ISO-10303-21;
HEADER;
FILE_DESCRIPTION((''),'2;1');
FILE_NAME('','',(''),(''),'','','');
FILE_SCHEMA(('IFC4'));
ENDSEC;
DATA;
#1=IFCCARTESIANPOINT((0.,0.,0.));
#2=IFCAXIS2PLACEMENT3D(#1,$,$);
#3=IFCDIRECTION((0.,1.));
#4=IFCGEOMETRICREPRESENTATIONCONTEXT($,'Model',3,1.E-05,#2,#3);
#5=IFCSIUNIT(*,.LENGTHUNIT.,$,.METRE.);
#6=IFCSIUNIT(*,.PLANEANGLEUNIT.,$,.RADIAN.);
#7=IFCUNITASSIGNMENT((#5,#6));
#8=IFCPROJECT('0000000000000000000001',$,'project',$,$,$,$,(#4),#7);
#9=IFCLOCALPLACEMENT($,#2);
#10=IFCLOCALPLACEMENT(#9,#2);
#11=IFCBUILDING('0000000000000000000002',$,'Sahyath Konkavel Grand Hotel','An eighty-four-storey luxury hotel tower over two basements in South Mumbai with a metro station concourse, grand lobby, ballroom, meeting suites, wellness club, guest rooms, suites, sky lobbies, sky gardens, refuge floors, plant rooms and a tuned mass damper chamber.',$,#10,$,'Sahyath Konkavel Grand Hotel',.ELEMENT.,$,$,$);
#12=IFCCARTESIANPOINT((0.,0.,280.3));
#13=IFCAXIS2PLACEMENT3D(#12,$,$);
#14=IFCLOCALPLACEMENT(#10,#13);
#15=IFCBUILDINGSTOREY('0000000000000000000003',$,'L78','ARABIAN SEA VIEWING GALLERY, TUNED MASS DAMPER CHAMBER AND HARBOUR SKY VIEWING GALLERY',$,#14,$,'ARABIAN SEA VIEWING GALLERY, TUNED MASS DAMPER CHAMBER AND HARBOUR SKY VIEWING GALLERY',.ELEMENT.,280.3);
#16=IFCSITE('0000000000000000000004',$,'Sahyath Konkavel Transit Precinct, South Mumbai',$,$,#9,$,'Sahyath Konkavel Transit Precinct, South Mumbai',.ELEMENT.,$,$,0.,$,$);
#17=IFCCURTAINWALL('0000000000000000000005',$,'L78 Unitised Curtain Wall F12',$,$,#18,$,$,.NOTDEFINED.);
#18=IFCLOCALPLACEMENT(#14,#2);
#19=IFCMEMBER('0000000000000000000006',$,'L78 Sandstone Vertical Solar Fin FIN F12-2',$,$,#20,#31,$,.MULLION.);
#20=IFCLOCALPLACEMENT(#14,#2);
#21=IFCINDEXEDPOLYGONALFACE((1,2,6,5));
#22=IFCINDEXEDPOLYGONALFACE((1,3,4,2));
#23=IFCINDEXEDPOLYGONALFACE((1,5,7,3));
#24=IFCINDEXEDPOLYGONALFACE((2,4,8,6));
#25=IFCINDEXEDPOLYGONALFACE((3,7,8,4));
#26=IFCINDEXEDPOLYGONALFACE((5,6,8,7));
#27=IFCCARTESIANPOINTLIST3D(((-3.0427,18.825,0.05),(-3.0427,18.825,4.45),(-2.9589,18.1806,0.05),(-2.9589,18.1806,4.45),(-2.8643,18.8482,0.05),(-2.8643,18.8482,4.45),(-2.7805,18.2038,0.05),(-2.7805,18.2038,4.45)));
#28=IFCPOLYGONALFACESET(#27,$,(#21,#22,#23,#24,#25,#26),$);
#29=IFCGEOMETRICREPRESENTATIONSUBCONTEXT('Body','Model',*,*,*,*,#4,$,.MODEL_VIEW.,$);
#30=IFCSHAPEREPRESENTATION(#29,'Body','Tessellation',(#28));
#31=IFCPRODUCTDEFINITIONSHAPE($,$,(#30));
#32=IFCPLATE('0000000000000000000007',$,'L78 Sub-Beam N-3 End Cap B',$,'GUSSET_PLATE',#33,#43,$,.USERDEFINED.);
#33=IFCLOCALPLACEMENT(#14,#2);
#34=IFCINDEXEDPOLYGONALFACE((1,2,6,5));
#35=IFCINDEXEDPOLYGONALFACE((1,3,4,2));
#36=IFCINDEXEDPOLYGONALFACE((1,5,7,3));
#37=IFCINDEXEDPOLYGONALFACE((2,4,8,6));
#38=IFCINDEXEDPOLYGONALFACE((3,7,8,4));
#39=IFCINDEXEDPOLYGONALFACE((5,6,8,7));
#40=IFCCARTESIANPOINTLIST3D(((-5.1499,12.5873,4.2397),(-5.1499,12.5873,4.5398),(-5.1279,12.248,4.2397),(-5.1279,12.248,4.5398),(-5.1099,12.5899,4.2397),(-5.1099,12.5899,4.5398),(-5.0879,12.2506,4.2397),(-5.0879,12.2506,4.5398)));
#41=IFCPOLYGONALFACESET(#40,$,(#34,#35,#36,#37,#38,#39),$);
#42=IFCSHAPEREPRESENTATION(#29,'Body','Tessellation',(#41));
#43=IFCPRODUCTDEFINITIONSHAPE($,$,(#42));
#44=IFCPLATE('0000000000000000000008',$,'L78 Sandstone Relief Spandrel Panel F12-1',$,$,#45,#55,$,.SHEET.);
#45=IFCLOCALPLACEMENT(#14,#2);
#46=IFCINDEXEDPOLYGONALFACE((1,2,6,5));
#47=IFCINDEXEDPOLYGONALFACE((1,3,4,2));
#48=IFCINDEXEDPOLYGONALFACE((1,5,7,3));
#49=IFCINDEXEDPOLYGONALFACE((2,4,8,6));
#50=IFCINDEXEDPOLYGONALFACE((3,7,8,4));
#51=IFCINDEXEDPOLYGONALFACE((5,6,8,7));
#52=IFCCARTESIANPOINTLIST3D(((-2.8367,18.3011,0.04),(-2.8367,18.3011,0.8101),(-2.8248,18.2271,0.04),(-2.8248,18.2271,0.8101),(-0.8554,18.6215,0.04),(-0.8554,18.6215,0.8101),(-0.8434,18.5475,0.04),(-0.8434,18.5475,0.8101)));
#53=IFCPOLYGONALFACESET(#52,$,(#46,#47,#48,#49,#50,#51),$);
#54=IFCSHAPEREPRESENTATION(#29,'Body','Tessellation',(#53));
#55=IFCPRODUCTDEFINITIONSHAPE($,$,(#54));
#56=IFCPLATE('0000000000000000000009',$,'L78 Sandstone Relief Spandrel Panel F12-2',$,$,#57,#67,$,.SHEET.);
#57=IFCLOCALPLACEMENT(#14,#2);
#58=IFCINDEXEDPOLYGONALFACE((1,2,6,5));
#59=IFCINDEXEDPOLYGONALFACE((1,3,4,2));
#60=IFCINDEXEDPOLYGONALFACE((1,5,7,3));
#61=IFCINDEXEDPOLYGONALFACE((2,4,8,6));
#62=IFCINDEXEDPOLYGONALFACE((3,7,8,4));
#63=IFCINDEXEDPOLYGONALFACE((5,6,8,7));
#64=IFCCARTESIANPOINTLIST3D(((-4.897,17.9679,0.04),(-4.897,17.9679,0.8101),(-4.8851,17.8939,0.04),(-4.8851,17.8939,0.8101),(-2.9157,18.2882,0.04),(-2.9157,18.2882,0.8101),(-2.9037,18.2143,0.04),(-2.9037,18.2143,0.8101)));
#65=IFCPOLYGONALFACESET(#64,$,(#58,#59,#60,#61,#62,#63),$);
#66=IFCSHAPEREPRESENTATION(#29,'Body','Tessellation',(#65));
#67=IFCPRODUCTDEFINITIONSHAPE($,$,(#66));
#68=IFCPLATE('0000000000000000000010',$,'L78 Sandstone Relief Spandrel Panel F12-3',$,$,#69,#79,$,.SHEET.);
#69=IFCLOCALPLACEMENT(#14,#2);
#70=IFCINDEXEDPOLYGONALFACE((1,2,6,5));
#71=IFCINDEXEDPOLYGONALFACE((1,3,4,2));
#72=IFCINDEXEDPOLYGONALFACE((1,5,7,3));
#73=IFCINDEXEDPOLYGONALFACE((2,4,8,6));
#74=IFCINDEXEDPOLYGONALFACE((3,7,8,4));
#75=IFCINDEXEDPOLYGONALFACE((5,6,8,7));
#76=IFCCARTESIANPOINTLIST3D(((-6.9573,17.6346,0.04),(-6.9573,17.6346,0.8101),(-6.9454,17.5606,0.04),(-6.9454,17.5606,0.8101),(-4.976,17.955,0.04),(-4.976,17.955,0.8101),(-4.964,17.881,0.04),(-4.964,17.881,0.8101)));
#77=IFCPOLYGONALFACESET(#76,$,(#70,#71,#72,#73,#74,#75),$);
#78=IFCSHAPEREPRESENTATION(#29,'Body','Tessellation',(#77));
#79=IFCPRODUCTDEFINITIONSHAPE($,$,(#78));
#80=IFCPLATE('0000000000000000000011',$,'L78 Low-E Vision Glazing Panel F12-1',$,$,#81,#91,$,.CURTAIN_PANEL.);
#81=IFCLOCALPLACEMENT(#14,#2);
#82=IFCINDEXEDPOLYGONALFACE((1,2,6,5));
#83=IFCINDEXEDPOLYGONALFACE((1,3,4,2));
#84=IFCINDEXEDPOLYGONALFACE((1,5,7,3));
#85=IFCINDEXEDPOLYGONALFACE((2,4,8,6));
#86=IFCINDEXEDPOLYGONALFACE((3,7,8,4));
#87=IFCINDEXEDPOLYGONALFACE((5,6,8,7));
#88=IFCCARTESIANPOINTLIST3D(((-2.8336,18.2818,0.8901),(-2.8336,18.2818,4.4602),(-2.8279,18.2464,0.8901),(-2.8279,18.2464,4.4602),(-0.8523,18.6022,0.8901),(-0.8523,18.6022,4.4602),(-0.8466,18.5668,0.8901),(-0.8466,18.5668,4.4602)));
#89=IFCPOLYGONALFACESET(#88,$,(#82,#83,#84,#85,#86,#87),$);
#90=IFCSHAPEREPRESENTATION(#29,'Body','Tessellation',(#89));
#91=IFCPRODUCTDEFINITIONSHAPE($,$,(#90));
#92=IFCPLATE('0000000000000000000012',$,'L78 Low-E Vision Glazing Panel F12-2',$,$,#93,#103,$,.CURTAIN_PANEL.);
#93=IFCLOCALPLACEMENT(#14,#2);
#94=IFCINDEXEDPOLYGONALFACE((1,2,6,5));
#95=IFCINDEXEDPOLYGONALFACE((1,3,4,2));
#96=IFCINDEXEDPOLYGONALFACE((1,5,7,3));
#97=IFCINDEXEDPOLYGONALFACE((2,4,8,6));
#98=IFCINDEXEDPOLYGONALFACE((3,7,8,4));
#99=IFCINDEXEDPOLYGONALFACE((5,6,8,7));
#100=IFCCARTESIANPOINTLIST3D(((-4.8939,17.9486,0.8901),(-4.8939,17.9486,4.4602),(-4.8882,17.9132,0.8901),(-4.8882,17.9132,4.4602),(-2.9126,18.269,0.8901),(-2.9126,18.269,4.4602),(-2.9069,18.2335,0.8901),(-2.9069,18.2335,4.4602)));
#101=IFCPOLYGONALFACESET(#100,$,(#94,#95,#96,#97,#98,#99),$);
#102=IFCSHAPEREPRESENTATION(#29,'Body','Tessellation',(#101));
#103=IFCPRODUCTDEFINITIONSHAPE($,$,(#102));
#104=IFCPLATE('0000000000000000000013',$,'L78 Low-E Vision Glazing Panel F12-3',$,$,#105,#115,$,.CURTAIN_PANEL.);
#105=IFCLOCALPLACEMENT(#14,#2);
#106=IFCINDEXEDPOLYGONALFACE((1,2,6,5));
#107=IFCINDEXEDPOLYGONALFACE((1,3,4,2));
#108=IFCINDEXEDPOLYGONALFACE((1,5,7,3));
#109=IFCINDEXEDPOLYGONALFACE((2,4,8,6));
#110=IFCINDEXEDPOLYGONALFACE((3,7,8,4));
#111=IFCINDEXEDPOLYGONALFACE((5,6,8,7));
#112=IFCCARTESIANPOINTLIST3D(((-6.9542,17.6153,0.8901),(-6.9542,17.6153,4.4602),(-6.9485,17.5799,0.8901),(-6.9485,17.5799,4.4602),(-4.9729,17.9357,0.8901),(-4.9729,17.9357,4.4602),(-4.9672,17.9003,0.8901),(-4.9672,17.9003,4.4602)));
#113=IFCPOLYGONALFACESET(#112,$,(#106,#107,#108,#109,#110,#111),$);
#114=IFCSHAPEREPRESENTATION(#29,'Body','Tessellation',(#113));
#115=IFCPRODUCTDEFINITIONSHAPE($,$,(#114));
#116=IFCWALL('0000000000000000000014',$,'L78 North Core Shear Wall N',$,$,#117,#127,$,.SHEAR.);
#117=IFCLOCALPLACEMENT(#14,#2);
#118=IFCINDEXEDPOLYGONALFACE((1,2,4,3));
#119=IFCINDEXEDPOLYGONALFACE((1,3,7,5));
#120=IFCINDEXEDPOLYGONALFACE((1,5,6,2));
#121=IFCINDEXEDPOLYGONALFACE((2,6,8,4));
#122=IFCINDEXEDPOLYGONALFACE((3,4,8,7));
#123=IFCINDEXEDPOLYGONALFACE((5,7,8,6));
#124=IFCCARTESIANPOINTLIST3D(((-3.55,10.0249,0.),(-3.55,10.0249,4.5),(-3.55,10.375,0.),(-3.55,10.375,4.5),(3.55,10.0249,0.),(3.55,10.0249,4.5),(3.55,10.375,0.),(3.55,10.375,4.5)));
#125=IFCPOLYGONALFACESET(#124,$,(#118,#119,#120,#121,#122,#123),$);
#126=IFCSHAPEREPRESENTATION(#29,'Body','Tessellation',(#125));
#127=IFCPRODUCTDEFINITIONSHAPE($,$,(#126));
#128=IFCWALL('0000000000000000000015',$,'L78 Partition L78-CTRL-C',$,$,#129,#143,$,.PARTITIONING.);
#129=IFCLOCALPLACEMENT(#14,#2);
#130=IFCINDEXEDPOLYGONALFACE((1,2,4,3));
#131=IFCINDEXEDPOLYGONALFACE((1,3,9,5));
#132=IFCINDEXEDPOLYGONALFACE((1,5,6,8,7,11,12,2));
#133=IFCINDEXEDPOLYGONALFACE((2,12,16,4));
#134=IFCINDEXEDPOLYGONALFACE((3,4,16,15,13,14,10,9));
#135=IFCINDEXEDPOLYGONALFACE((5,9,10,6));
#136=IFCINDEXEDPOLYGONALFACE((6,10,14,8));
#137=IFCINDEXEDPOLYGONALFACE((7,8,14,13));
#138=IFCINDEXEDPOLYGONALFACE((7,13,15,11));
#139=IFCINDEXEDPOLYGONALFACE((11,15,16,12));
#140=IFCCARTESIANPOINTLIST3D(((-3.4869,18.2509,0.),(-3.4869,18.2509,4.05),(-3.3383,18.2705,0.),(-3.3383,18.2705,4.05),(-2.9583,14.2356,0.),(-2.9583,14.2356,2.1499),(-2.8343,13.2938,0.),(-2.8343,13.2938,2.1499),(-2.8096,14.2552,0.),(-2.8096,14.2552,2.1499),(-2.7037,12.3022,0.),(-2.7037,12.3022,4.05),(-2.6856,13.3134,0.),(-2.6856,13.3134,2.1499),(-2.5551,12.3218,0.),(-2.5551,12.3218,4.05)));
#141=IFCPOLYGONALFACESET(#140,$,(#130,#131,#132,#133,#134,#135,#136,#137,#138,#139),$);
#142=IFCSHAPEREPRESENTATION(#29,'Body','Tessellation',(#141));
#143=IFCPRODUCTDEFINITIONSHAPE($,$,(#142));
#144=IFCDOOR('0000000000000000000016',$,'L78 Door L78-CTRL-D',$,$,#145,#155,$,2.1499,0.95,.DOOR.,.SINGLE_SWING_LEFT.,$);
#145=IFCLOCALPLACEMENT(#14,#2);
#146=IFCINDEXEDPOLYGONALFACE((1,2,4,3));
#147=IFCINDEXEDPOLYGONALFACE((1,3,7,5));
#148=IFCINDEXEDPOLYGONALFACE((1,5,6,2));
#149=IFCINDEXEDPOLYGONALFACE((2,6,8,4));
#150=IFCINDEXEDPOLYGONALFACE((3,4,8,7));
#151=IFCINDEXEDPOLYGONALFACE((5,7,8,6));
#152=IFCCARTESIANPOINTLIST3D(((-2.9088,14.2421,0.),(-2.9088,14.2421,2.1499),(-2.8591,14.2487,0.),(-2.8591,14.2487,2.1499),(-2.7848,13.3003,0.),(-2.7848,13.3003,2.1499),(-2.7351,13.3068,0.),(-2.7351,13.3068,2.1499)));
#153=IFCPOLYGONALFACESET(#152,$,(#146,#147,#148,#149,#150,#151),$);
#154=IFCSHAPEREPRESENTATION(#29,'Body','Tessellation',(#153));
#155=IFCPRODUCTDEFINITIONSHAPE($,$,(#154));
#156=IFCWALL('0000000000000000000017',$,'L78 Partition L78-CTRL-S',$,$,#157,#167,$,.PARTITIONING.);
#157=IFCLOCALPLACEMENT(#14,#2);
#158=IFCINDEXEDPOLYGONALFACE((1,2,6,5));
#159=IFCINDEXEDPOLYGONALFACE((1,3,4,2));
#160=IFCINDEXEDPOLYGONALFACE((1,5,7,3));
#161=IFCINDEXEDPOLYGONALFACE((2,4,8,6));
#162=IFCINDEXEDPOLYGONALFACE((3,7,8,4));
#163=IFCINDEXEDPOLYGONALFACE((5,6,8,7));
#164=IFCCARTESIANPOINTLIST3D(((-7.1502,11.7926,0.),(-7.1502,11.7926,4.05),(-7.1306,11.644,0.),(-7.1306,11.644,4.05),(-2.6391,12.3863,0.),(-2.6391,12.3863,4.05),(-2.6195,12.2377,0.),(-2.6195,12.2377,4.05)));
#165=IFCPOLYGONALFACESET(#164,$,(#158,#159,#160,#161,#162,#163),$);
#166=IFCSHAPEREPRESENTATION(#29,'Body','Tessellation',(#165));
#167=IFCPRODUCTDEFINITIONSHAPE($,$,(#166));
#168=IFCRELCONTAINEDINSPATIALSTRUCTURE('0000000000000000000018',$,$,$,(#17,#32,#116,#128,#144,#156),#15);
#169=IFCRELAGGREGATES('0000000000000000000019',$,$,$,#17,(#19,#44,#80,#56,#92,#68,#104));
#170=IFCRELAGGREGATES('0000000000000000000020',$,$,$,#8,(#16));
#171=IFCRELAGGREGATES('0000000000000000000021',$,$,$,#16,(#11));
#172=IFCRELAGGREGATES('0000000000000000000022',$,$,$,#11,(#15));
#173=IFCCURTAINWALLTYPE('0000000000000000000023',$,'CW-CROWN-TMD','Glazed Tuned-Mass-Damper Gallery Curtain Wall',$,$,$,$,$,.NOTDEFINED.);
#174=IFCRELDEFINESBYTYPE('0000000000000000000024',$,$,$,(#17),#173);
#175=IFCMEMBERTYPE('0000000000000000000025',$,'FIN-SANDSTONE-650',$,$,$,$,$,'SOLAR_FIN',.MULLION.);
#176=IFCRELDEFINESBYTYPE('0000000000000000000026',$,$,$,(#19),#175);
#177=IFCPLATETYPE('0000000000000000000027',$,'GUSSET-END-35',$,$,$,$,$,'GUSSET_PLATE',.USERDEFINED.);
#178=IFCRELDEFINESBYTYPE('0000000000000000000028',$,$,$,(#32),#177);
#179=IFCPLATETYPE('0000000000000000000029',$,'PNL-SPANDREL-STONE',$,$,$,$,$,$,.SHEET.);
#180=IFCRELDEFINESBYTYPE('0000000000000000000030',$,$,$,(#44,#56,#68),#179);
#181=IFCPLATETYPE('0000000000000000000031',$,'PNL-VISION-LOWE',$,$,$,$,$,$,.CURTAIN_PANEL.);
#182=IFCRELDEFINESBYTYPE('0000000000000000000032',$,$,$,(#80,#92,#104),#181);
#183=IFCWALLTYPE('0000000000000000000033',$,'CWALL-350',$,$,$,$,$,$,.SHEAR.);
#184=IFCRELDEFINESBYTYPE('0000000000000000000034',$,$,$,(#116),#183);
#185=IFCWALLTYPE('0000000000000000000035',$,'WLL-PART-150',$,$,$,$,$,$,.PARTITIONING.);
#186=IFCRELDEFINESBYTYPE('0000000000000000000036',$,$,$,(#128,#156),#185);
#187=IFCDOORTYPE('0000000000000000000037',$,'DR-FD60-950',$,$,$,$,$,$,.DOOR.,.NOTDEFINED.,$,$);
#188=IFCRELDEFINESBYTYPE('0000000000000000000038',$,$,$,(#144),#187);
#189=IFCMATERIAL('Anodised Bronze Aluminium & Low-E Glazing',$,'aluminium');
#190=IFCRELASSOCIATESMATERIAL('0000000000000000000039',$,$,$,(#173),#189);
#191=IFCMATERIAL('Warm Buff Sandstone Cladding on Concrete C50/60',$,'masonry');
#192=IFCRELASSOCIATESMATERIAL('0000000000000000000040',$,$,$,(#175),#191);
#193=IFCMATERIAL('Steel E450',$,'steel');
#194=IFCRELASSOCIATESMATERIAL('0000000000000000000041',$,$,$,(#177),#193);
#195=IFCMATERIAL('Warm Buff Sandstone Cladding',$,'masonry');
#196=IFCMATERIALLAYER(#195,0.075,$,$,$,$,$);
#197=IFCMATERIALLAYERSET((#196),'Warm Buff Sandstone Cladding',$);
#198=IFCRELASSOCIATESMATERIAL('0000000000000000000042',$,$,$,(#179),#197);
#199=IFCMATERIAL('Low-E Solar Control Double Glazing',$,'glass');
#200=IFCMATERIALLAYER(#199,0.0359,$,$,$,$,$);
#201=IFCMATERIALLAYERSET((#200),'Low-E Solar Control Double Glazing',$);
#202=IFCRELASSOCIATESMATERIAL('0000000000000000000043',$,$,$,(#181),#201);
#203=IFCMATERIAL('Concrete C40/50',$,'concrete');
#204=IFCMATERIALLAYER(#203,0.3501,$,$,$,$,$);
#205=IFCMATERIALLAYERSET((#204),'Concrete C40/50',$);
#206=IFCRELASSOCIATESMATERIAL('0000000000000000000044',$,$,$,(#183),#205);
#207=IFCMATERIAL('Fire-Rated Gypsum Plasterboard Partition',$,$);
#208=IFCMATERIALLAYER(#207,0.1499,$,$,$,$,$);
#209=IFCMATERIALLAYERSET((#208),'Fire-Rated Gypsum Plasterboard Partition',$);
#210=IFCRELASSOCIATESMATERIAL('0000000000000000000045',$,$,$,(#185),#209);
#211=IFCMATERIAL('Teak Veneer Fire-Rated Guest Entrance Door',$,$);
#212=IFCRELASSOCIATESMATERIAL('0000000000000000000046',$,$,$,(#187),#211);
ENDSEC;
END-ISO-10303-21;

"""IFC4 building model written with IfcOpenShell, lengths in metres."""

from ifc_helpers import new_model, si_unit, direction, frame, frame_2d, origin, origin_2d, place, context, subcontext, project, spatial, rectangle, extrude, source, transform, mapped, material, layer, layer_set, material_profile, profile_set, type_object, element, fill, aggregate, save


model = new_model("IFC4")

# Units and contexts
model_context = context("Model", 3, precision=1e-05, world=origin(), true_north=direction((0.0, 1.0)))
body_context = subcontext(model_context, "Body", "Model", "MODEL_VIEW")
ifc_project = project(units=[si_unit("LENGTHUNIT", "METRE"), si_unit("PLANEANGLEUNIT", "RADIAN")], contexts=[model_context])

# Site, building, storey
site_placement = place(None, origin())
site = spatial("IfcSite", under=ifc_project, at=site_placement, Name="Sahyath Konkavel Transit Precinct, South Mumbai", LongName="Sahyath Konkavel Transit Precinct, South Mumbai", CompositionType="ELEMENT", RefElevation=0.0)
building_placement = place(site_placement, origin())
building = spatial("IfcBuilding", under=site, at=building_placement, Name="Sahyath Konkavel Grand Hotel", Description="An eighty-four-storey luxury hotel tower over two basements in South Mumbai with a metro station concourse, grand lobby, ballroom, meeting suites, wellness club, guest rooms, suites, sky lobbies, sky gardens, refuge floors, plant rooms and a tuned mass damper chamber.", LongName="Sahyath Konkavel Grand Hotel", CompositionType="ELEMENT")
storey_placement = place(building_placement, frame((0.0, 0.0, 280.3)))
storey = spatial("IfcBuildingStorey", under=building, at=storey_placement, Name="L78", Description="ARABIAN SEA VIEWING GALLERY, TUNED MASS DAMPER CHAMBER AND HARBOUR SKY VIEWING GALLERY", LongName="ARABIAN SEA VIEWING GALLERY, TUNED MASS DAMPER CHAMBER AND HARBOUR SKY VIEWING GALLERY", CompositionType="ELEMENT", Elevation=280.3)

# Curtain wall, member
ifc_material_1 = material(Name="Anodised Bronze Aluminium & Low-E Glazing", Category="aluminium")
curtain_wall_type = type_object("IfcCurtainWallType", Name="CW-CROWN-TMD", Description="Glazed Tuned-Mass-Damper Gallery Curtain Wall", PredefinedType="NOTDEFINED", material=ifc_material_1)
curtain_wall_placement = place(storey_placement, origin())
curtain_wall = element("IfcCurtainWall", 1, at=curtain_wall_placement, inside=storey, type_object=curtain_wall_type, Name="L78 Unitised Curtain Wall F12", PredefinedType="NOTDEFINED")
ifc_material_2 = material(Name="Warm Buff Sandstone Cladding on Concrete C50/60", Category="masonry")
ifc_material_profile_1 = material_profile(ifc_material_2, rectangle(XDim=0.1799, YDim=0.6499, at=origin_2d()), Name="FIN 180x650")
ifc_profile_set_1 = profile_set([ifc_material_profile_1], Name="Warm Buff Sandstone Cladding on Concrete C50/60")
member_type_1 = type_object("IfcMemberType", Name="FIN-SANDSTONE-650", ElementType="SOLAR_FIN", PredefinedType="MULLION", material=ifc_profile_set_1)
shared_shape_1 = source(origin(), body_context, "Body", "SweptSolid", [
    extrude(rectangle(XDim=0.1799, YDim=0.6499, at=origin_2d()), origin(), (0.0, 0.0, 1.0), 4.3999),
])
member_1_placement = place(storey_placement, frame((-2.9116, 18.5144, 0.05), z_axis=(0.0, 0.0, 1.0), x_axis=(0.991649, 0.128969, 0.0)))
member_1 = element("IfcMember", 2, at=member_1_placement, type_object=member_type_1, Name="L78 Sandstone Vertical Solar Fin FIN F12-2", PredefinedType="MULLION", context=body_context, shape_type="MappedRepresentation", body=[
    mapped(shared_shape_1, transform((0.0, 0.0, 0.0), scale=1.0)),
])

# Plates
ifc_material_3 = material(Name="Steel E450", Category="steel")
plate_type_1 = type_object("IfcPlateType", Name="GUSSET-END-35", ElementType="GUSSET_PLATE", PredefinedType="USERDEFINED", material=ifc_material_3)
shared_shape_2 = source(origin(), body_context, "Body", "SweptSolid", [
    extrude(rectangle(XDim=0.04, YDim=0.3401, at=origin_2d()), origin(), (0.0, 0.0, 1.0), 0.3),
])
plate_1_placement = place(storey_placement, frame((-5.1189, 12.4189, 4.2397), z_axis=(0.0, 0.0, 1.0), x_axis=(-0.997898, -0.064811, 0.0)))
element("IfcPlate", 3, at=plate_1_placement, inside=storey, type_object=plate_type_1, Name="L78 Sub-Beam N-3 End Cap B", ObjectType="GUSSET_PLATE", PredefinedType="USERDEFINED", context=body_context, shape_type="MappedRepresentation", body=[
    mapped(shared_shape_2, transform((0.0, 0.0, 0.0), scale=1.0)),
])
ifc_material_4 = material(Name="Warm Buff Sandstone Cladding", Category="masonry")
ifc_layer_1 = layer(ifc_material_4, 0.075)
ifc_layer_set_1 = layer_set([ifc_layer_1], Name="Warm Buff Sandstone Cladding")
plate_type_2 = type_object("IfcPlateType", Name="PNL-SPANDREL-STONE", PredefinedType="SHEET", material=ifc_layer_set_1)
shared_shape_3 = source(origin(), body_context, "Body", "SweptSolid", [
    extrude(rectangle(XDim=2.0071, YDim=0.075, at=origin_2d()), origin(), (0.0, 0.0, 1.0), 0.77),
])
plate_2_placement = place(storey_placement, frame((-1.8401, 18.4243, 0.04), z_axis=(0.0, 0.0, 1.0), x_axis=(-0.987178, -0.159623, 0.0)))
plate_2 = element("IfcPlate", 4, at=plate_2_placement, type_object=plate_type_2, Name="L78 Sandstone Relief Spandrel Panel F12-1", PredefinedType="SHEET", context=body_context, shape_type="MappedRepresentation", body=[
    mapped(shared_shape_3, transform((0.0, 0.0, 0.0), scale=1.0)),
])
plate_3_placement = place(storey_placement, frame((-3.9004, 18.0911, 0.04), z_axis=(0.0, 0.0, 1.0), x_axis=(-0.987178, -0.159623, 0.0)))
plate_3 = element("IfcPlate", 5, at=plate_3_placement, type_object=plate_type_2, Name="L78 Sandstone Relief Spandrel Panel F12-2", PredefinedType="SHEET", context=body_context, shape_type="MappedRepresentation", body=[
    mapped(shared_shape_3, transform((0.0, 0.0, 0.0), scale=1.0)),
])
plate_4_placement = place(storey_placement, frame((-5.9607, 17.7578, 0.04), z_axis=(0.0, 0.0, 1.0), x_axis=(-0.987178, -0.159623, 0.0)))
plate_4 = element("IfcPlate", 6, at=plate_4_placement, type_object=plate_type_2, Name="L78 Sandstone Relief Spandrel Panel F12-3", PredefinedType="SHEET", context=body_context, shape_type="MappedRepresentation", body=[
    mapped(shared_shape_3, transform((0.0, 0.0, 0.0), scale=1.0)),
])
ifc_material_5 = material(Name="Low-E Solar Control Double Glazing", Category="glass")
ifc_layer_2 = layer(ifc_material_5, 0.0359)
ifc_layer_set_2 = layer_set([ifc_layer_2], Name="Low-E Solar Control Double Glazing")
plate_type_3 = type_object("IfcPlateType", Name="PNL-VISION-LOWE", PredefinedType="CURTAIN_PANEL", material=ifc_layer_set_2)
shared_shape_4 = source(origin(), body_context, "Body", "SweptSolid", [
    extrude(rectangle(XDim=2.0071, YDim=0.0359, at=origin_2d()), origin(), (0.0, 0.0, 1.0), 3.5701),
])
plate_5_placement = place(storey_placement, frame((-1.8401, 18.4243, 0.8901), z_axis=(0.0, 0.0, 1.0), x_axis=(-0.987178, -0.159623, 0.0)))
plate_5 = element("IfcPlate", 7, at=plate_5_placement, type_object=plate_type_3, Name="L78 Low-E Vision Glazing Panel F12-1", PredefinedType="CURTAIN_PANEL", context=body_context, shape_type="MappedRepresentation", body=[
    mapped(shared_shape_4, transform((0.0, 0.0, 0.0), scale=1.0)),
])
plate_6_placement = place(storey_placement, frame((-3.9004, 18.0911, 0.8901), z_axis=(0.0, 0.0, 1.0), x_axis=(-0.987178, -0.159623, 0.0)))
plate_6 = element("IfcPlate", 8, at=plate_6_placement, type_object=plate_type_3, Name="L78 Low-E Vision Glazing Panel F12-2", PredefinedType="CURTAIN_PANEL", context=body_context, shape_type="MappedRepresentation", body=[
    mapped(shared_shape_4, transform((0.0, 0.0, 0.0), scale=1.0)),
])
plate_7_placement = place(storey_placement, frame((-5.9607, 17.7578, 0.8901), z_axis=(0.0, 0.0, 1.0), x_axis=(-0.987178, -0.159623, 0.0)))
plate_7 = element("IfcPlate", 9, at=plate_7_placement, type_object=plate_type_3, Name="L78 Low-E Vision Glazing Panel F12-3", PredefinedType="CURTAIN_PANEL", context=body_context, shape_type="MappedRepresentation", body=[
    mapped(shared_shape_4, transform((0.0, 0.0, 0.0), scale=1.0)),
])
aggregate(curtain_wall, [member_1, plate_2, plate_5, plate_3, plate_6, plate_4, plate_7])

# Wall
ifc_material_6 = material(Name="Concrete C40/50", Category="concrete")
ifc_layer_3 = layer(ifc_material_6, 0.3501)
ifc_layer_set_3 = layer_set([ifc_layer_3], Name="Concrete C40/50")
wall_type_1 = type_object("IfcWallType", Name="CWALL-350", PredefinedType="SHEAR", material=ifc_layer_set_3)
wall_1_placement = place(storey_placement, frame((-3.55, 10.2, 0.0), z_axis=(0.0, 0.0, 1.0), x_axis=(1.0, 0.0, 0.0)))
element("IfcWall", 10, at=wall_1_placement, inside=storey, type_object=wall_type_1, Name="L78 North Core Shear Wall N", PredefinedType="SHEAR", context=body_context, shape_type="SweptSolid", body=[
    extrude(rectangle(XDim=7.1001, YDim=0.3501, at=frame_2d((3.55, 0.0))), origin(), (0.0, 0.0, 1.0), 4.5),
])

# Wall, opening, door
ifc_material_7 = material(Name="Fire-Rated Gypsum Plasterboard Partition")
ifc_layer_4 = layer(ifc_material_7, 0.1499)
ifc_layer_set_4 = layer_set([ifc_layer_4], Name="Fire-Rated Gypsum Plasterboard Partition")
wall_type_2 = type_object("IfcWallType", Name="WLL-PART-150", PredefinedType="PARTITIONING", material=ifc_layer_set_4)
wall_2_placement = place(storey_placement, frame((-2.6294, 12.312, 0.0), z_axis=(0.0, 0.0, 1.0), x_axis=(-0.130532, 0.991444, 0.0)))
wall_2 = element("IfcWall", 11, at=wall_2_placement, inside=storey, type_object=wall_type_2, Name="L78 Partition L78-CTRL-C", PredefinedType="PARTITIONING", context=body_context, shape_type="SweptSolid", body=[
    extrude(rectangle(XDim=6.0, YDim=0.1499, at=frame_2d((3.0, 0.0))), origin(), (0.0, 0.0, 1.0), 4.05),
])
opening_1_placement = place(wall_2_placement, frame((1.0, 0.0, 0.0)))
opening_1 = element("IfcOpeningElement", 12, at=opening_1_placement, cuts=wall_2, PredefinedType="OPENING", context=body_context, shape_type="SweptSolid", body=[
    extrude(rectangle(XDim=0.95, YDim=2.1499, at=frame_2d((0.4751, 1.075))), frame((0.0, 0.085, 0.0), z_axis=(0.0, -1.0, 0.0), x_axis=(1.0, 0.0, 0.0)), (0.0, 0.0, 1.0), 0.1699),
])
ifc_material_8 = material(Name="Teak Veneer Fire-Rated Guest Entrance Door")
door_type_1 = type_object("IfcDoorType", Name="DR-FD60-950", OperationType="NOTDEFINED", PredefinedType="DOOR", material=ifc_material_8)
shared_shape_5 = source(origin(), body_context, "Body", "SweptSolid", [
    extrude(rectangle(XDim=0.95, YDim=0.05, at=origin_2d()), origin(), (0.0, 0.0, 1.0), 2.1499),
])
door_1_placement = place(opening_1_placement, frame((0.4751, 0.0, 0.0)))
door_1 = element("IfcDoor", 13, at=door_1_placement, inside=storey, type_object=door_type_1, Name="L78 Door L78-CTRL-D", OperationType="SINGLE_SWING_LEFT", OverallHeight=2.1499, OverallWidth=0.95, PredefinedType="DOOR", context=body_context, shape_type="MappedRepresentation", body=[
    mapped(shared_shape_5, transform((0.0, 0.0, 0.0), scale=1.0)),
])
fill(opening_1, door_1)

# Wall
wall_3_placement = place(storey_placement, frame((-2.6294, 12.312, 0.0), z_axis=(0.0, 0.0, 1.0), x_axis=(-0.99145, -0.130491, 0.0)))
element("IfcWall", 14, at=wall_3_placement, inside=storey, type_object=wall_type_2, Name="L78 Partition L78-CTRL-S", PredefinedType="PARTITIONING", context=body_context, shape_type="SweptSolid", body=[
    extrude(rectangle(XDim=4.55, YDim=0.1499, at=frame_2d((2.2749, 0.0))), origin(), (0.0, 0.0, 1.0), 4.05),
])

save(model, "model.ifc")
